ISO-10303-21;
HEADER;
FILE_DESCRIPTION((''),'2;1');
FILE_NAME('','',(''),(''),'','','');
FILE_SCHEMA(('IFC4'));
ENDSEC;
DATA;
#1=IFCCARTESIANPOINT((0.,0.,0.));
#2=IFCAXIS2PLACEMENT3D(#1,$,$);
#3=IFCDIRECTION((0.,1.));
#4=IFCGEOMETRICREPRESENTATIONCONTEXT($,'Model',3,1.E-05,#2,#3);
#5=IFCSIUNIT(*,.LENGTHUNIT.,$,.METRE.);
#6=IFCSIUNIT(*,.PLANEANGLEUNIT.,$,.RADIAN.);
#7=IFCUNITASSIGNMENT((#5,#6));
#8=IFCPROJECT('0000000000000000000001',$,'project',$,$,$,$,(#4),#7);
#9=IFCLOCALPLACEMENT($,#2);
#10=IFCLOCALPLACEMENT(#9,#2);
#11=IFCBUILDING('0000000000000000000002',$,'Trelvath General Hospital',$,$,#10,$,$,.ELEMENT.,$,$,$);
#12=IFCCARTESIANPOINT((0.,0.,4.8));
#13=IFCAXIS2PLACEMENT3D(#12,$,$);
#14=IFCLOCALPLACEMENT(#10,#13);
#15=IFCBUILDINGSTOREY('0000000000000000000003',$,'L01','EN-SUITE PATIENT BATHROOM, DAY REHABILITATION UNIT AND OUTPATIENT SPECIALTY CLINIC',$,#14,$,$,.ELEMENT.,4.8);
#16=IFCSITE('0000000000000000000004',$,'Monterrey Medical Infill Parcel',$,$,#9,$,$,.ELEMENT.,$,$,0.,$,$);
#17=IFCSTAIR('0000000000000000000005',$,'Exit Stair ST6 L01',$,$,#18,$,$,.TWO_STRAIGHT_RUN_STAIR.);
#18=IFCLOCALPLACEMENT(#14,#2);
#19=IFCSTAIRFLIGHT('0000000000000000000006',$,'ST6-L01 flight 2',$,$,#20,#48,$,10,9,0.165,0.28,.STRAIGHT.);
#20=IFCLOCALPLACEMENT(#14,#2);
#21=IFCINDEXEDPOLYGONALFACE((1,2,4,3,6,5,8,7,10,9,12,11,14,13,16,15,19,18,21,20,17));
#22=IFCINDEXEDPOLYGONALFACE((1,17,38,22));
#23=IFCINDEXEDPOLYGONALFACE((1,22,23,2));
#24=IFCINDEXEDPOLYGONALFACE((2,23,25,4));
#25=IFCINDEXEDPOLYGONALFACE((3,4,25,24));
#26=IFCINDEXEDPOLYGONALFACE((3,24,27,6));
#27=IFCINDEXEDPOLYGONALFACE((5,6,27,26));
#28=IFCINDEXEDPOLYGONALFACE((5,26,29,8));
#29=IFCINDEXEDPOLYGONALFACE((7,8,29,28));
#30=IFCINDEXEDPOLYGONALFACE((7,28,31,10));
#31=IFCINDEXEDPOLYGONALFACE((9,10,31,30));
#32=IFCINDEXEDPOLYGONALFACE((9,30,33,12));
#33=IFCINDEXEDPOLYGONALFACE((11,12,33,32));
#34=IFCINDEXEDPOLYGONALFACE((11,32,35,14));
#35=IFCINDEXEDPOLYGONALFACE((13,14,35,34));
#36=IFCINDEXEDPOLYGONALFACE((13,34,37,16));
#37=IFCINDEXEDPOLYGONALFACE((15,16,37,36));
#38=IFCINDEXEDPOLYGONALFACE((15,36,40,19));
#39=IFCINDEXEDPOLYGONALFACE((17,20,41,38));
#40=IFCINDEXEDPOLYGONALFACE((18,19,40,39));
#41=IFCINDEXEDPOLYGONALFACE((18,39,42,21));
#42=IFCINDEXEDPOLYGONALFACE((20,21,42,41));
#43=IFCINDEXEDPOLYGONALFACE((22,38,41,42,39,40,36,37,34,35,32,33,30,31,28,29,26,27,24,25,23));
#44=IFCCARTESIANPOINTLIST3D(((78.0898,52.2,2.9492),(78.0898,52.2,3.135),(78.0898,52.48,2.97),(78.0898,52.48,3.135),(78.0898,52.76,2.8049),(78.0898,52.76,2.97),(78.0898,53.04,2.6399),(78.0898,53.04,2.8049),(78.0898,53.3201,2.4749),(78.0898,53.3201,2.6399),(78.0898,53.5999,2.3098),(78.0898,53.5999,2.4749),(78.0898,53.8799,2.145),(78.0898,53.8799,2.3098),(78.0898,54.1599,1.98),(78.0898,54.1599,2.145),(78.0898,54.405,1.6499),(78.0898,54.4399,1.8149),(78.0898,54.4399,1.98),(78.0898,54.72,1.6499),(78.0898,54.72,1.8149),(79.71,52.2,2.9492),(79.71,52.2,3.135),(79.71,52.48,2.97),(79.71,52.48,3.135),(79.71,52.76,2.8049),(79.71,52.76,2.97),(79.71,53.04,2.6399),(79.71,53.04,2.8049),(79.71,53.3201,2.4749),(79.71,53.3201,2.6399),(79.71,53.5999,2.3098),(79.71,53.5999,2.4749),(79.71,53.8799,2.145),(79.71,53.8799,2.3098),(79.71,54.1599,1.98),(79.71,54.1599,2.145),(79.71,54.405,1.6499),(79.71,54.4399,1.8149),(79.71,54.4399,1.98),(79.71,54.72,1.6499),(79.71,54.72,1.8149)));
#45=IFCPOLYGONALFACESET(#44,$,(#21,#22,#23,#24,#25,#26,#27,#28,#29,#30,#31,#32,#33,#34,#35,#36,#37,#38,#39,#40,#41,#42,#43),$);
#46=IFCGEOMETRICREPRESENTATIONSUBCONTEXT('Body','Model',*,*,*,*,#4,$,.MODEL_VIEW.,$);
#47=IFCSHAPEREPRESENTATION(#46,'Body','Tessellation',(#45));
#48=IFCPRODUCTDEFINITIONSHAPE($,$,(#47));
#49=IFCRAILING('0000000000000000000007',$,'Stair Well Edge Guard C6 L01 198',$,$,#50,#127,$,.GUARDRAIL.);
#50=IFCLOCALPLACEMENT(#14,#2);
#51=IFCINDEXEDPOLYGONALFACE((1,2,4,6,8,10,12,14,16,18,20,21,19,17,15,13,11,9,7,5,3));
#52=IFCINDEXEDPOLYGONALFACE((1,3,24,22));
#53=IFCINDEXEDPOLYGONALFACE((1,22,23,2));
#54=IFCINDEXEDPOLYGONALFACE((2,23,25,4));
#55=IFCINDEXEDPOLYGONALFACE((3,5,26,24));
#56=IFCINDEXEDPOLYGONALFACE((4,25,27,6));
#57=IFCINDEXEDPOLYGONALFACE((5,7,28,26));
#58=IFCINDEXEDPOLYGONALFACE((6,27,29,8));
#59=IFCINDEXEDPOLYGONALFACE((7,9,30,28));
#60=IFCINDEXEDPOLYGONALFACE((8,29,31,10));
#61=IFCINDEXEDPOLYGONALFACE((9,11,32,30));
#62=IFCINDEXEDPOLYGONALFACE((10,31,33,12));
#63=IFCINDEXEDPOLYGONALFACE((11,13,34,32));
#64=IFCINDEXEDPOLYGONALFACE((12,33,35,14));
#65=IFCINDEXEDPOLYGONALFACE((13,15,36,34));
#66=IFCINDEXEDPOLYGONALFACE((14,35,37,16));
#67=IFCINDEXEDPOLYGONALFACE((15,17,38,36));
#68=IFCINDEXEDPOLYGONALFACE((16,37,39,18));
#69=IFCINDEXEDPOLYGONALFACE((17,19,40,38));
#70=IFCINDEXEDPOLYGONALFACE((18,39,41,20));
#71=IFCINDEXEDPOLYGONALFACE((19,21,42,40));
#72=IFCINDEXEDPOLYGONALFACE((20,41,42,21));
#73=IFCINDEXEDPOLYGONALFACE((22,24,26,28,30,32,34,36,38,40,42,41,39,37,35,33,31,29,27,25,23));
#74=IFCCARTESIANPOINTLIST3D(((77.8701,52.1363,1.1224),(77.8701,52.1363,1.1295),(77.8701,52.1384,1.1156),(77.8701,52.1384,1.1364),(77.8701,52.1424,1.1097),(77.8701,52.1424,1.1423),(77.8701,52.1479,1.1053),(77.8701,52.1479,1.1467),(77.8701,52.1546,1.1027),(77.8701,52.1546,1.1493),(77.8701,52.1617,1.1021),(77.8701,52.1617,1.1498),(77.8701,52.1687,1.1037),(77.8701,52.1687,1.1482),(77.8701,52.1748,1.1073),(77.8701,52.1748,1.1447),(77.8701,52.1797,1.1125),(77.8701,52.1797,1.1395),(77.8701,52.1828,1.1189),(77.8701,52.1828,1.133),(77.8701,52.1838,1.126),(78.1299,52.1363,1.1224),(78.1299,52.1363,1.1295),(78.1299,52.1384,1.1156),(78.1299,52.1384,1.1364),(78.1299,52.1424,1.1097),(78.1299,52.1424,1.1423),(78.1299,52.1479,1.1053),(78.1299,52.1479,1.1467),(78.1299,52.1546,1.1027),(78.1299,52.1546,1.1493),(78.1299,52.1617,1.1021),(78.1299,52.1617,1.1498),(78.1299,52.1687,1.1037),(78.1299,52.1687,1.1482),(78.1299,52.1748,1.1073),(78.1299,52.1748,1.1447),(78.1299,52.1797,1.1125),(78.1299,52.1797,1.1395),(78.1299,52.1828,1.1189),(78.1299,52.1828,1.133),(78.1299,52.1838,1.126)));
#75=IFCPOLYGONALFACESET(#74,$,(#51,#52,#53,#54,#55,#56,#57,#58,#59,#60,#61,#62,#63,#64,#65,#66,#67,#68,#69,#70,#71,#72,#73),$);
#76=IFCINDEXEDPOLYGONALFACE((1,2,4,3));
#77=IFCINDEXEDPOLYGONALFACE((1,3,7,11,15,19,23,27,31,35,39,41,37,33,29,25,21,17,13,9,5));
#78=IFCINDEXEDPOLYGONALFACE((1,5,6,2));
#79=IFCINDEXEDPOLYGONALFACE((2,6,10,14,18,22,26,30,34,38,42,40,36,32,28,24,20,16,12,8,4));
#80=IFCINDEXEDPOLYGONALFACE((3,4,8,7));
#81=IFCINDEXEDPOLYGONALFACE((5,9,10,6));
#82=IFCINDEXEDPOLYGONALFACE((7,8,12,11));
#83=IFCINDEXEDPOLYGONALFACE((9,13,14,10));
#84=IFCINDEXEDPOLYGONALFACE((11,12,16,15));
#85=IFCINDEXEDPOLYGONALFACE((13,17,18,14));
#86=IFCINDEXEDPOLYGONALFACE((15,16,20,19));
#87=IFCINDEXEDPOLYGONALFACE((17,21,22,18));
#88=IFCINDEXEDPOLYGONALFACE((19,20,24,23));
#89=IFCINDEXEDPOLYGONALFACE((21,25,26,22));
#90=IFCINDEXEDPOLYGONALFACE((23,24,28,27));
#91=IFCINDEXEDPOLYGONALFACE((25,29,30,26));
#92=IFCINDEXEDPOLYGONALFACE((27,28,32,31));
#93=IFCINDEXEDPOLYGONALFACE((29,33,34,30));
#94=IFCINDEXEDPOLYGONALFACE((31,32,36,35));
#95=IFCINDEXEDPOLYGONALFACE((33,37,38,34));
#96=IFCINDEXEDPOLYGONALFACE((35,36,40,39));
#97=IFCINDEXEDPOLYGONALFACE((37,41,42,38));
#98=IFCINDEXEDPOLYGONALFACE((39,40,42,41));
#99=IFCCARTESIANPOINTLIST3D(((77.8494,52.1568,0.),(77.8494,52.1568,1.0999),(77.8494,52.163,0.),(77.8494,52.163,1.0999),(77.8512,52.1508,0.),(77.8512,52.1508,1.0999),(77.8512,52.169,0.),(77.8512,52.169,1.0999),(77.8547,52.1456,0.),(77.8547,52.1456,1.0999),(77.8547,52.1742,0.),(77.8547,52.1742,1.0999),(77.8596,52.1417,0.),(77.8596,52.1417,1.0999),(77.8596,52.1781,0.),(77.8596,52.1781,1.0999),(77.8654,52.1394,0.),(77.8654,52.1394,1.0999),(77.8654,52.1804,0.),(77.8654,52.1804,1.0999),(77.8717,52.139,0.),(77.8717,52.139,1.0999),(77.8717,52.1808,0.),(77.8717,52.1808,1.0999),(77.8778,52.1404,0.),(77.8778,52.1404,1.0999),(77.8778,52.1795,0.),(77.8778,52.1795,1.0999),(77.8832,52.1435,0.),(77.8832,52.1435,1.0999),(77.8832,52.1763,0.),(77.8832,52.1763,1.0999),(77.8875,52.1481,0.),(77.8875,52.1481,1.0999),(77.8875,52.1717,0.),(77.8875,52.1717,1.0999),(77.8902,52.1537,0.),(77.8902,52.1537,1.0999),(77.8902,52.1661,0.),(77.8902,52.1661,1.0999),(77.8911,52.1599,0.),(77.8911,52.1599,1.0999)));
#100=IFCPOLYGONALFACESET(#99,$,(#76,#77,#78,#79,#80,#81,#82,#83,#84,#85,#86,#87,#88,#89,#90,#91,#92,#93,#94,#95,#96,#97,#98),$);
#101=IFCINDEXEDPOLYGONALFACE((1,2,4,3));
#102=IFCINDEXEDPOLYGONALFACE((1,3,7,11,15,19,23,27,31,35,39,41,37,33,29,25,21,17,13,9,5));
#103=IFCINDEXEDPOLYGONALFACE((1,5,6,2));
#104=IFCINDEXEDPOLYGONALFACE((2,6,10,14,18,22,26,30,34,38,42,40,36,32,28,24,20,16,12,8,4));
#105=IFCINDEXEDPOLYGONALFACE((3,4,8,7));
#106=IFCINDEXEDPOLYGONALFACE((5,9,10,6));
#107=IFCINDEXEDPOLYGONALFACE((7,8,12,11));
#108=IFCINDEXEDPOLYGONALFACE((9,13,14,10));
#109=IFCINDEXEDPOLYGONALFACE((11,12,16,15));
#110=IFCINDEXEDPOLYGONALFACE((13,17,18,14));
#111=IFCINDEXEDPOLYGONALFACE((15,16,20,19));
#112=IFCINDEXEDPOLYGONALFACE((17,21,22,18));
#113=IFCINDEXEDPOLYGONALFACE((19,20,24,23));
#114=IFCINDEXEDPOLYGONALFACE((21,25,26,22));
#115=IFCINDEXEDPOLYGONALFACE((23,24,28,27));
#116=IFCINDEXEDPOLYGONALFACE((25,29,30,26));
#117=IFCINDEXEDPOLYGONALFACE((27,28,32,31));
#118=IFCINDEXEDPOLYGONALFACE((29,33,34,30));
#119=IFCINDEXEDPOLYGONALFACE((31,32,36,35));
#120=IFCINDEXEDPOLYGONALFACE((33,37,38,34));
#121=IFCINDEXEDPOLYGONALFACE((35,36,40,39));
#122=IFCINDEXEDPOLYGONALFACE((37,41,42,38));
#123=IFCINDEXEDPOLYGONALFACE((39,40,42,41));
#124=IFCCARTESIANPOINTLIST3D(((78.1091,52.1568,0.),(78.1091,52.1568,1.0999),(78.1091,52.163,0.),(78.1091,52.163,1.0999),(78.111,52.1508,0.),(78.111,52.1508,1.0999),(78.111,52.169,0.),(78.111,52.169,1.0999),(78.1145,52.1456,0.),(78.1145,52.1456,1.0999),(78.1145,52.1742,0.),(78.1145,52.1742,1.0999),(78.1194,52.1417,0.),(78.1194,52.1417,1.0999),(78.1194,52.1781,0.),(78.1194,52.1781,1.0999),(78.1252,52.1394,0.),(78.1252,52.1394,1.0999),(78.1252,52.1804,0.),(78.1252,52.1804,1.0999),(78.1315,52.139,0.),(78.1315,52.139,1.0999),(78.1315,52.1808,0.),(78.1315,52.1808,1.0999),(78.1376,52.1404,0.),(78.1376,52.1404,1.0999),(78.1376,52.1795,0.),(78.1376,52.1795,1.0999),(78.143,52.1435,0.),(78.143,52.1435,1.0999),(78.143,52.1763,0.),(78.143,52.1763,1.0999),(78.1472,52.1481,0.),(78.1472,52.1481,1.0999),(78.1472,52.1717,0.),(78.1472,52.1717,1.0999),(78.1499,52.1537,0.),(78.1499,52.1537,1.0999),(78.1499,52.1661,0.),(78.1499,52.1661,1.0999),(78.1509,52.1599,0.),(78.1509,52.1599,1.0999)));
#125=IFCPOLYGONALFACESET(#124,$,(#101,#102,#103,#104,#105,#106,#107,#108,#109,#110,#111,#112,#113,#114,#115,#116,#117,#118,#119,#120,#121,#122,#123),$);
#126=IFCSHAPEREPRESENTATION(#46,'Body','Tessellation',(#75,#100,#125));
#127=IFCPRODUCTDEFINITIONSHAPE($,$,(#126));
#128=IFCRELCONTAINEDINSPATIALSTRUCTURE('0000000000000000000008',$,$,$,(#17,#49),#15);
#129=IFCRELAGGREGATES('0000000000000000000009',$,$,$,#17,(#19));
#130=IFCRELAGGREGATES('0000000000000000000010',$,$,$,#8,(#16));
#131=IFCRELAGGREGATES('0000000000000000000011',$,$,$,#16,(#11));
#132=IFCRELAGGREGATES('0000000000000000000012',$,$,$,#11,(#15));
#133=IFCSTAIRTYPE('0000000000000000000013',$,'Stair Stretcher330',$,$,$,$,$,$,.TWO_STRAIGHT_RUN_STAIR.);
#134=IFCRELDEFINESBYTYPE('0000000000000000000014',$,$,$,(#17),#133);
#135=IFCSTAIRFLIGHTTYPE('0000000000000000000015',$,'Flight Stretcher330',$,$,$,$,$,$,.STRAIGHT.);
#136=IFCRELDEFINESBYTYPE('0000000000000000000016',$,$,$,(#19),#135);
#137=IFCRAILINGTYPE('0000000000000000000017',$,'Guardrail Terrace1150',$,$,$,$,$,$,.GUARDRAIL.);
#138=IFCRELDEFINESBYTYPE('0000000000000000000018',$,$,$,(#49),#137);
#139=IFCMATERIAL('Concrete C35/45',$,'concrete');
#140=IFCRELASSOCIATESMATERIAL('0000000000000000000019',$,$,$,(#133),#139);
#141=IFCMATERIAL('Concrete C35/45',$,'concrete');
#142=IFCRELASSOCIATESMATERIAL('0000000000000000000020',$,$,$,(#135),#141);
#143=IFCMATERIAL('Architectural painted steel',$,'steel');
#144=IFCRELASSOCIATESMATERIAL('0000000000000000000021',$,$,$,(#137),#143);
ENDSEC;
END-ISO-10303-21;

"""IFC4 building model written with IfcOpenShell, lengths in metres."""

from ifc_helpers import new_model, si_unit, direction, frame, origin, origin_2d, place, context, subcontext, project, spatial, polyline, circle, outline, extrude, material, type_object, element, aggregate, save


model = new_model("IFC4")

# Units and contexts
model_context = context("Model", 3, precision=1e-05, world=origin(), true_north=direction((0.0, 1.0)))
body_context = subcontext(model_context, "Body", "Model", "MODEL_VIEW")
ifc_project = project(units=[si_unit("LENGTHUNIT", "METRE"), si_unit("PLANEANGLEUNIT", "RADIAN")], contexts=[model_context])

# Site, building, storey
site_placement = place(None, origin())
site = spatial("IfcSite", under=ifc_project, at=site_placement, Name="Monterrey Medical Infill Parcel", CompositionType="ELEMENT", RefElevation=0.0)
building_placement = place(site_placement, origin())
building = spatial("IfcBuilding", under=site, at=building_placement, Name="Trelvath General Hospital", CompositionType="ELEMENT")
storey_placement = place(building_placement, frame((0.0, 0.0, 4.8)))
storey = spatial("IfcBuildingStorey", under=building, at=storey_placement, Name="L01", Description="EN-SUITE PATIENT BATHROOM, DAY REHABILITATION UNIT AND OUTPATIENT SPECIALTY CLINIC", CompositionType="ELEMENT", Elevation=4.8)

# Stair, stair flight
ifc_material_1 = material(Name="Concrete C35/45", Category="concrete")
stair_type = type_object("IfcStairType", Name="Stair Stretcher330", PredefinedType="TWO_STRAIGHT_RUN_STAIR", material=ifc_material_1)
stair_placement = place(storey_placement, origin())
stair = element("IfcStair", 1, at=stair_placement, inside=storey, type_object=stair_type, Name="Exit Stair ST6 L01", PredefinedType="TWO_STRAIGHT_RUN_STAIR")
ifc_material_2 = material(Name="Concrete C35/45", Category="concrete")
stair_flight_type = type_object("IfcStairFlightType", Name="Flight Stretcher330", PredefinedType="STRAIGHT", material=ifc_material_2)
stair_flight_1_placement = place(storey_placement, frame((78.8999, 54.72, 1.6499), z_axis=(0.0, 0.0, 1.0), x_axis=(0.0, -1.0, 0.0)))
stair_flight_1 = element("IfcStairFlight", 2, at=stair_flight_1_placement, type_object=stair_flight_type, Name="ST6-L01 flight 2", NumberOfRisers=10, NumberOfTreads=9, PredefinedType="STRAIGHT", RiserHeight=0.165, TreadLength=0.28, context=body_context, shape_type="SweptSolid", body=[
    extrude(outline(polyline([(0.0, 0.0), (0.0, 0.165), (0.28, 0.165), (0.28, 0.3301), (0.5601, 0.3301), (0.5601, 0.4951), (0.8401, 0.4951), (0.8401, 0.6599), (1.1201, 0.6599), (1.1201, 0.825), (1.3999, 0.825), (1.3999, 0.99), (1.6799, 0.99), (1.6799, 1.155), (1.96, 1.155), (1.96, 1.3201), (2.24, 1.3201), (2.24, 1.4851), (2.52, 1.4851), (2.52, 1.6499), (2.52, 1.2993), (0.3149, 0.0), (0.0, 0.0)])), frame((0.0, 0.8101, 0.0), z_axis=(0.0, -1.0, 0.0), x_axis=(1.0, 0.0, 0.0)), (0.0, 0.0, 1.0), 1.6201),
])
aggregate(stair, [stair_flight_1])

# Railing
ifc_material_3 = material(Name="Architectural painted steel", Category="steel")
railing_type_1 = type_object("IfcRailingType", Name="Guardrail Terrace1150", PredefinedType="GUARDRAIL", material=ifc_material_3)
railing_1_placement = place(storey_placement, frame((77.8701, 52.1599, 0.0)))
element("IfcRailing", 3, at=railing_1_placement, inside=storey, type_object=railing_type_1, Name="Stair Well Edge Guard C6 L01 198", PredefinedType="GUARDRAIL", context=body_context, shape_type="SweptSolid", body=[
    extrude(circle(Radius=0.0239, at=origin_2d()), frame((0.0, 0.0, 1.126), z_axis=(1.0, 0.0, 0.0), x_axis=(0.0, 1.0, 0.0)), (0.0, 0.0, 1.0), 0.2598),
    extrude(circle(Radius=0.021, at=origin_2d()), origin(), (0.0, 0.0, 1.0), 1.0999),
    extrude(circle(Radius=0.021, at=origin_2d()), frame((0.2598, 0.0, 0.0)), (0.0, 0.0, 1.0), 1.0999),
])

save(model, "model.ifc")
